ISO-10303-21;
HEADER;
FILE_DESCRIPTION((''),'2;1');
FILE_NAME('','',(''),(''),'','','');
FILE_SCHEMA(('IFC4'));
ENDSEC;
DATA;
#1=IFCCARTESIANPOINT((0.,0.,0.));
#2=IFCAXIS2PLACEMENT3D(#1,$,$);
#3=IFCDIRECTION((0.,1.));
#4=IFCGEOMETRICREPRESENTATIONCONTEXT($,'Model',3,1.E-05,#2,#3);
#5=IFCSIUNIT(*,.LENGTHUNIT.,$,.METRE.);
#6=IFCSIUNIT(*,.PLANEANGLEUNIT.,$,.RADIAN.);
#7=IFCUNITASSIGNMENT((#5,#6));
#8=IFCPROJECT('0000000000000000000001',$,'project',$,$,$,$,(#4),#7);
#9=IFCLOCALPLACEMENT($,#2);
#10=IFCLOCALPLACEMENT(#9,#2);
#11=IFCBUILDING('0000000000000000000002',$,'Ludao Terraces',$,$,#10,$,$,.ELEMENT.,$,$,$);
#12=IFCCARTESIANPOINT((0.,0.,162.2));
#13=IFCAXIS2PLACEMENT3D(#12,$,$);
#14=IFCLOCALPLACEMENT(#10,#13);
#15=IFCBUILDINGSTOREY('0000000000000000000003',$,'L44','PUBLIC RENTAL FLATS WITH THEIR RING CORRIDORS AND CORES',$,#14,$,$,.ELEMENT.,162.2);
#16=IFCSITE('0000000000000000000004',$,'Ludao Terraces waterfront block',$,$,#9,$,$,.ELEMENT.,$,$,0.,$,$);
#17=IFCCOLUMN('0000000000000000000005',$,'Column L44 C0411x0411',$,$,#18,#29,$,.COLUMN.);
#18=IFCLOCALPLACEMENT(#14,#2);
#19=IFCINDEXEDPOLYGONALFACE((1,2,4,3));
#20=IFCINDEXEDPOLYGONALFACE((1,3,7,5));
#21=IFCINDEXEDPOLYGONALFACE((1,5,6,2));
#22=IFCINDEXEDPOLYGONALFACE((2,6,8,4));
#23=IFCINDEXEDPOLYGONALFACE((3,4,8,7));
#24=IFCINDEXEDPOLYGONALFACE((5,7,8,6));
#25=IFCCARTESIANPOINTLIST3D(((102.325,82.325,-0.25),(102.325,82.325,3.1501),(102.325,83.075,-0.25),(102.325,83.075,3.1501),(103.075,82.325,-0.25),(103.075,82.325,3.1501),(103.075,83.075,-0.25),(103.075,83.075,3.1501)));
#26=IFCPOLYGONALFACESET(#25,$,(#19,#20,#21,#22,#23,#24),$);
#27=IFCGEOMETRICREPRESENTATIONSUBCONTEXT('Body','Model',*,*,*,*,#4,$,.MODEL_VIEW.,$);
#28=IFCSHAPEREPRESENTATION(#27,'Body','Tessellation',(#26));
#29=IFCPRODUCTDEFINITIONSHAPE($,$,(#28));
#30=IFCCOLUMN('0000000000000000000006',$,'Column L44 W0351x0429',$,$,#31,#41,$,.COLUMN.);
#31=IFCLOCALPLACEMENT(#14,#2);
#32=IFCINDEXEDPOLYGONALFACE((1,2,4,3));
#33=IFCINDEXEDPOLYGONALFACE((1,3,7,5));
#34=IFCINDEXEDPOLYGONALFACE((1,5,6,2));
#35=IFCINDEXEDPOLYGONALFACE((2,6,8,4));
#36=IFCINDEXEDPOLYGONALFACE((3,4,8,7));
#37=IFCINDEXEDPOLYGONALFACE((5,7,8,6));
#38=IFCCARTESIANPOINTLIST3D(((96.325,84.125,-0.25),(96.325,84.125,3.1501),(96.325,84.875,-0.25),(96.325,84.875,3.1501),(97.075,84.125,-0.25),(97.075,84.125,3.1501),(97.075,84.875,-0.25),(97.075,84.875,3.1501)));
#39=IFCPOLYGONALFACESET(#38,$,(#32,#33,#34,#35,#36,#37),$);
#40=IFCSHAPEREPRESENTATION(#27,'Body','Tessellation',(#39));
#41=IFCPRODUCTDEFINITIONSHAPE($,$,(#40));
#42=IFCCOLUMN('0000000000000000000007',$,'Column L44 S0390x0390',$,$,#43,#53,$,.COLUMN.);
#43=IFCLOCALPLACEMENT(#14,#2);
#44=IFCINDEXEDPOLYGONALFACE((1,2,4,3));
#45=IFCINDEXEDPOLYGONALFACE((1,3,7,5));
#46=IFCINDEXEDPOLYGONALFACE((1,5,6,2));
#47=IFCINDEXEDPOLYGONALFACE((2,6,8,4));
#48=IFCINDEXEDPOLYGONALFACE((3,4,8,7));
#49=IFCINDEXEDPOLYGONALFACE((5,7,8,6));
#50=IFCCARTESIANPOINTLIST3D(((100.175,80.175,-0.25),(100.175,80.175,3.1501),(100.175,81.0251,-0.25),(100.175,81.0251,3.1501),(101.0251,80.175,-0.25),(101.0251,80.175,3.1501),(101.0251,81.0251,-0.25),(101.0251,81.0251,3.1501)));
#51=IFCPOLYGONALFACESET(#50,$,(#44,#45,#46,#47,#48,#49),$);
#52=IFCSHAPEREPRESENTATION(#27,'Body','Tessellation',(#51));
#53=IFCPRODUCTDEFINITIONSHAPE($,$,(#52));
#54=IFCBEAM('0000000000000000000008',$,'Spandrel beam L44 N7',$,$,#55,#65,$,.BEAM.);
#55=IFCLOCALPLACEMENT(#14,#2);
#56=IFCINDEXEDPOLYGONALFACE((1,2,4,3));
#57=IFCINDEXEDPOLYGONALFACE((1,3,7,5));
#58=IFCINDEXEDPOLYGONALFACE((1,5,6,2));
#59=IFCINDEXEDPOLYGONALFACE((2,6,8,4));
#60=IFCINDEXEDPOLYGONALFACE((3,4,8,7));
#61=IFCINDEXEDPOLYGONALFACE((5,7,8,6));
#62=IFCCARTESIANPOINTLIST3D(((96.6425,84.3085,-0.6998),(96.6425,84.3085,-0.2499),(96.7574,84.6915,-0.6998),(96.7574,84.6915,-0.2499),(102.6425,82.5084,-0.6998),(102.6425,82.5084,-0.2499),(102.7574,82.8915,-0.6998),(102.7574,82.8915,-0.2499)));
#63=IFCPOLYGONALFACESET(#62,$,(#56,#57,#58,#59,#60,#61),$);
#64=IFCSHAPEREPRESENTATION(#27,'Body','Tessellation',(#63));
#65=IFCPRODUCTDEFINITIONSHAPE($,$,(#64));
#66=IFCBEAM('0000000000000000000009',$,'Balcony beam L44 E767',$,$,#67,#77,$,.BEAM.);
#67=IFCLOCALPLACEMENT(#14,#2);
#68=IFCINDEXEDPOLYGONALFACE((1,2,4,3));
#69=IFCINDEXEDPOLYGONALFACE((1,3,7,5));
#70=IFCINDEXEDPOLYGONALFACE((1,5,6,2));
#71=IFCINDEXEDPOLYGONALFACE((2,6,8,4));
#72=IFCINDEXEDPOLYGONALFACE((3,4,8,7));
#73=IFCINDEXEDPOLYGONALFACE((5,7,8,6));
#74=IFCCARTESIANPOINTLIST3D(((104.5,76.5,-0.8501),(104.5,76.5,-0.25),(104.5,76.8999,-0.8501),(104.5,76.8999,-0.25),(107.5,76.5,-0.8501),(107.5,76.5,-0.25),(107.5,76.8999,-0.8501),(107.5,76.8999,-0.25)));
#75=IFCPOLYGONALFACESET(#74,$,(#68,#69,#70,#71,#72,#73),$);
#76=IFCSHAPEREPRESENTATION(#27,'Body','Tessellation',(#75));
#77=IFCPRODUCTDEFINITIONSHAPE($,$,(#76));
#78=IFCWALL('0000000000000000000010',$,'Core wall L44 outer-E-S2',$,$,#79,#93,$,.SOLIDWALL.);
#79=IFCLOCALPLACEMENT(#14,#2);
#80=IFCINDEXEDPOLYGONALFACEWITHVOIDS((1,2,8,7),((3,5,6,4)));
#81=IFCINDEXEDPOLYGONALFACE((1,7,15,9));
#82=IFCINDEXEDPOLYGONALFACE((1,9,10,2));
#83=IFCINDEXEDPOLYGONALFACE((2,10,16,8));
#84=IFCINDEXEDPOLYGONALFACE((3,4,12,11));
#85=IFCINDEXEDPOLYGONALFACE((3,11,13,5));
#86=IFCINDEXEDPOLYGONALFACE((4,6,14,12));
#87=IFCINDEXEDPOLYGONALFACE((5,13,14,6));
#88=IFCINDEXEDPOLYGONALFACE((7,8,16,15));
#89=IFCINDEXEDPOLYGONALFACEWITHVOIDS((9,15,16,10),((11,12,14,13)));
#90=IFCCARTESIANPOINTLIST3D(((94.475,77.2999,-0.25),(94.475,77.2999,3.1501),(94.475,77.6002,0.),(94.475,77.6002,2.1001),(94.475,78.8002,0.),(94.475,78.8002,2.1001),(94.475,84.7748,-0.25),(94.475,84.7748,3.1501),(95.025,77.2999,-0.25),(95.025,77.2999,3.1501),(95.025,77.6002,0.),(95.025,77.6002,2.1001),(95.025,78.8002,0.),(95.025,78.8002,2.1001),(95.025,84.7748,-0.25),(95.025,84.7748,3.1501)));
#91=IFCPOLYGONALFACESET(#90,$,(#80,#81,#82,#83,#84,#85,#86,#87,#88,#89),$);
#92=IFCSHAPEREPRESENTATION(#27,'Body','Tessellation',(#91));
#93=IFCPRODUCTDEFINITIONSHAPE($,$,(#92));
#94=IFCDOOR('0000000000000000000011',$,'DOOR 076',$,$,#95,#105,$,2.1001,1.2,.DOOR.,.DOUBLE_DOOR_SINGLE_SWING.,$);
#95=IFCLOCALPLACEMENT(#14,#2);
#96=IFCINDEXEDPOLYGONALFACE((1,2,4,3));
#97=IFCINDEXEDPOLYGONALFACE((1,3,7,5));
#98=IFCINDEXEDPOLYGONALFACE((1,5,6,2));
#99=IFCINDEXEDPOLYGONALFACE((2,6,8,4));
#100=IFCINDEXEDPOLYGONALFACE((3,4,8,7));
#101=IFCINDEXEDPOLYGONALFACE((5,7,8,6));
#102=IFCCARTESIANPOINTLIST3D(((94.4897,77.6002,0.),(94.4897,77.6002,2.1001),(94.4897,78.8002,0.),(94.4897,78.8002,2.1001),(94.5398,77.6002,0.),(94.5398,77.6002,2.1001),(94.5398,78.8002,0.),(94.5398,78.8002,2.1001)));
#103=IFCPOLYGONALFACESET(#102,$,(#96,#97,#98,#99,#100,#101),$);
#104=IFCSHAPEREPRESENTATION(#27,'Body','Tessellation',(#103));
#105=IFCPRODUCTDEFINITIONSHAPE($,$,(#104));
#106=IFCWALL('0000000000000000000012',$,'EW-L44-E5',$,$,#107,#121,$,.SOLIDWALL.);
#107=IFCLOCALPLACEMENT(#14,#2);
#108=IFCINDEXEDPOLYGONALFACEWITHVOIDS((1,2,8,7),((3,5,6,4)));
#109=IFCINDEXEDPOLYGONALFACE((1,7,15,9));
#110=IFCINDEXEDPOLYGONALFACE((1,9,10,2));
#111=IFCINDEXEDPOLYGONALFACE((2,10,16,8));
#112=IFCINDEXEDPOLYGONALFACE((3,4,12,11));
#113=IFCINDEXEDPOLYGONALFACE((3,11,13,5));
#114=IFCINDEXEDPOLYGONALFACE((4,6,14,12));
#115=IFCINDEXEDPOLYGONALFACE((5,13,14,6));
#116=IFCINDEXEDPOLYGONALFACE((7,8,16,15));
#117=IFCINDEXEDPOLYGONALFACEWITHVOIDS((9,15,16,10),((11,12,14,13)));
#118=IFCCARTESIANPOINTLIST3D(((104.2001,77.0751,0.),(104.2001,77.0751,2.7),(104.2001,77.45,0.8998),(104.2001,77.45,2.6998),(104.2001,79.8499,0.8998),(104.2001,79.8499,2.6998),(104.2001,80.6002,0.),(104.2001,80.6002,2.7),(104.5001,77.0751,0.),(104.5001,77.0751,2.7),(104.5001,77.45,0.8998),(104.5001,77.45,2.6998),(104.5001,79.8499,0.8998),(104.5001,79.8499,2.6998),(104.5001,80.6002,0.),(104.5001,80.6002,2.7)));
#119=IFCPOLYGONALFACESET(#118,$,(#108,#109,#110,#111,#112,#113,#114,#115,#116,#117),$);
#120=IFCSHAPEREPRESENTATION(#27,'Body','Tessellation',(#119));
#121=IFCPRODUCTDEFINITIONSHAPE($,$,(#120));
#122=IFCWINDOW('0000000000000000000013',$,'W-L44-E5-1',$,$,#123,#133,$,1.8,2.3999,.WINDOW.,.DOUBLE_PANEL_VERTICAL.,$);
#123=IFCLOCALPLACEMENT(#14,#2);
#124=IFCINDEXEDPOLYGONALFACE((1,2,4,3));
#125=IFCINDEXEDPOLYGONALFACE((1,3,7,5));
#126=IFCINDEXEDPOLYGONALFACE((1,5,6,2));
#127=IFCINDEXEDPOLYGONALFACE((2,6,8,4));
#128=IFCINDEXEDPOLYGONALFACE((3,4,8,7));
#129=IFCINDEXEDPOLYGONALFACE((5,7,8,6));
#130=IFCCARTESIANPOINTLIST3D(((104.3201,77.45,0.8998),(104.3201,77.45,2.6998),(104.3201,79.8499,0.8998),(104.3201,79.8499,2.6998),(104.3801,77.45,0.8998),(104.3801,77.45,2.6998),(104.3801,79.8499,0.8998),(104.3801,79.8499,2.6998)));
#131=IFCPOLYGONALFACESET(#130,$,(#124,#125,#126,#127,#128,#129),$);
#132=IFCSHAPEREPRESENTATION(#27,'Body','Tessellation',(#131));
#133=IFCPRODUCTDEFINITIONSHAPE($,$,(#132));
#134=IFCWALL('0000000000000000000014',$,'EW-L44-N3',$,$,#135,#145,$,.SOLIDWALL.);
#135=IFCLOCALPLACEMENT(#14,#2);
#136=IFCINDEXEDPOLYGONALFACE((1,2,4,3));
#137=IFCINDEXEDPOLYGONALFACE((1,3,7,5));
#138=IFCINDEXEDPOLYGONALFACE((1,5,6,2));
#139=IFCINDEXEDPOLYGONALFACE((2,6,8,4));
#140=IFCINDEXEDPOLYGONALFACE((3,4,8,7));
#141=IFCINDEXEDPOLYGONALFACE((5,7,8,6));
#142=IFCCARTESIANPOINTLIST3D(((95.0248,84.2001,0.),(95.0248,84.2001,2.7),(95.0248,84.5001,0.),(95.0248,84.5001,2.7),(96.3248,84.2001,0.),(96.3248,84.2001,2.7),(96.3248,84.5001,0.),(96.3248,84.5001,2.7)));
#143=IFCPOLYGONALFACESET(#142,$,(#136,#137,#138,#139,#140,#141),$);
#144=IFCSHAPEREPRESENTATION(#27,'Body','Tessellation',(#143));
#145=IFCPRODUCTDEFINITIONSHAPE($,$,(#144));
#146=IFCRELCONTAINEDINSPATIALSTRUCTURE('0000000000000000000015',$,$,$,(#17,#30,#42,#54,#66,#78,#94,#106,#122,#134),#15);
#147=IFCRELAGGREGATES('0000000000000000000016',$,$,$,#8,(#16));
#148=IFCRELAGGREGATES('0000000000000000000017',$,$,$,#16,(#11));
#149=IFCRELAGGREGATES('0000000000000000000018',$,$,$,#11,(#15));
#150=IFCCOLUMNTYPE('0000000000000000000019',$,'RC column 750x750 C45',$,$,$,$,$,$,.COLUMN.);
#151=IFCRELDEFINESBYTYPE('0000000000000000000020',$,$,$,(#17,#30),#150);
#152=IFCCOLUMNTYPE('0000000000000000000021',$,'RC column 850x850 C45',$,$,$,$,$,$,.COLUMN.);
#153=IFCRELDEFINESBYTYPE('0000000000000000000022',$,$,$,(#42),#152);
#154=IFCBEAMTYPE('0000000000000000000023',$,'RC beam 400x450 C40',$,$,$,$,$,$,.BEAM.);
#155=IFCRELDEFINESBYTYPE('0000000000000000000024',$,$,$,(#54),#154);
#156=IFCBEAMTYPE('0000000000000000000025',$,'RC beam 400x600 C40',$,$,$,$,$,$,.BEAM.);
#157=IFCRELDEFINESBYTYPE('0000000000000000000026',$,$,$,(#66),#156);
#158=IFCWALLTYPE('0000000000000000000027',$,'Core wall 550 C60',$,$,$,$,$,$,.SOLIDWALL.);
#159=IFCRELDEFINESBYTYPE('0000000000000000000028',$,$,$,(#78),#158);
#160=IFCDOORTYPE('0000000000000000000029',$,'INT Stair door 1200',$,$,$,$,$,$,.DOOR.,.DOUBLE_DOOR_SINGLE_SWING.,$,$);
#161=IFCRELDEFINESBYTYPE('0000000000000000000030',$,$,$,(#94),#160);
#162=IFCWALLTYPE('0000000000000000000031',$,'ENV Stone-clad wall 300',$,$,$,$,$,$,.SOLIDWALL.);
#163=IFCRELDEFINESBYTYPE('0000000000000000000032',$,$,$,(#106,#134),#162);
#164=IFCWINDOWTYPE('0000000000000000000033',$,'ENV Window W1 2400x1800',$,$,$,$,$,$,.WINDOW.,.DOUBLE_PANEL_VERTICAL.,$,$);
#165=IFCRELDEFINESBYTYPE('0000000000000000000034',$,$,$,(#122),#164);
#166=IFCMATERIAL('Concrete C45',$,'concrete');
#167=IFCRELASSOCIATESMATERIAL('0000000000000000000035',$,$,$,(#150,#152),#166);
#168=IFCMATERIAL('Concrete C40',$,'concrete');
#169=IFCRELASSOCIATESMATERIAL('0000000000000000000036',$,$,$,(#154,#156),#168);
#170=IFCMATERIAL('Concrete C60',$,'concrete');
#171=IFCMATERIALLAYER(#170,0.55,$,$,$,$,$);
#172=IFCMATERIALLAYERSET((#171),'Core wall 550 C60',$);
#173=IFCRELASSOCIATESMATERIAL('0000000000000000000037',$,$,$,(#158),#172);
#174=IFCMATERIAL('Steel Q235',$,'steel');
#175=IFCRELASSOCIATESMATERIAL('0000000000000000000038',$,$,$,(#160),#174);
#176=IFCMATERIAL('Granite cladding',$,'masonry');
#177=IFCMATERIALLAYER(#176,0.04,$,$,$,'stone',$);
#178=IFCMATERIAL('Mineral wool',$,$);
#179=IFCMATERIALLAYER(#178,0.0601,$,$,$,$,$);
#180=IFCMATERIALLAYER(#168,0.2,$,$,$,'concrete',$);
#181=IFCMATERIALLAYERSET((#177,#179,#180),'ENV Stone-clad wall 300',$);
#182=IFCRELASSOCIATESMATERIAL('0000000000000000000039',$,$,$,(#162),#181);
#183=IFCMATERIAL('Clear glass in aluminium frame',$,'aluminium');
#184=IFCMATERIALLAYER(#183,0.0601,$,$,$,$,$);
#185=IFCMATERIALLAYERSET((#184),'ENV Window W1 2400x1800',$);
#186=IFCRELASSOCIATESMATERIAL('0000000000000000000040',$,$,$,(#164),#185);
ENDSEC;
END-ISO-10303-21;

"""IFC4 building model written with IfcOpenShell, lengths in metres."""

from ifc_helpers import new_model, si_unit, direction, frame, frame_2d, origin, origin_2d, place, context, subcontext, project, spatial, rectangle, extrude, material, layer, layer_set, material_profile, profile_set, type_object, element, fill, save


model = new_model("IFC4")

# Units and contexts
model_context = context("Model", 3, precision=1e-05, world=origin(), true_north=direction((0.0, 1.0)))
body_context = subcontext(model_context, "Body", "Model", "MODEL_VIEW")
ifc_project = project(units=[si_unit("LENGTHUNIT", "METRE"), si_unit("PLANEANGLEUNIT", "RADIAN")], contexts=[model_context])

# Site, building, storey
site_placement = place(None, origin())
site = spatial("IfcSite", under=ifc_project, at=site_placement, Name="Ludao Terraces waterfront block", CompositionType="ELEMENT", RefElevation=0.0)
building_placement = place(site_placement, origin())
building = spatial("IfcBuilding", under=site, at=building_placement, Name="Ludao Terraces", CompositionType="ELEMENT")
storey_placement = place(building_placement, frame((0.0, 0.0, 162.2)))
storey = spatial("IfcBuildingStorey", under=building, at=storey_placement, Name="L44", Description="PUBLIC RENTAL FLATS WITH THEIR RING CORRIDORS AND CORES", CompositionType="ELEMENT", Elevation=162.2)

# Columns
ifc_material_1 = material(Name="Concrete C45", Category="concrete")
ifc_material_profile_1 = material_profile(ifc_material_1, rectangle(XDim=0.75, YDim=0.75, at=origin_2d()), Name="750 X 750")
ifc_profile_set_1 = profile_set([ifc_material_profile_1], Name="Concrete C45")
column_type_1 = type_object("IfcColumnType", Name="RC column 750x750 C45", PredefinedType="COLUMN", material=ifc_profile_set_1)
for number, where, z_axis, x_axis, name in (
    (1, (102.7, 82.7, -0.25), (0.0, 0.0, 1.0), (1.0, 0.0, 0.0), "Column L44 C0411x0411"),
    (2, (96.7, 84.5, -0.25), (0.0, 0.0, 1.0), (1.0, 0.0, 0.0), "Column L44 W0351x0429"),
):
    element("IfcColumn", number, at=place(storey_placement, frame(where, z_axis=z_axis, x_axis=x_axis)), inside=storey, type_object=column_type_1, Name=name, PredefinedType="COLUMN", context=body_context, shape_type="SweptSolid", body=[
        extrude(rectangle(XDim=0.75, YDim=0.75, at=origin_2d()), origin(), (0.0, 0.0, 1.0), 3.4001),
    ])
ifc_material_profile_2 = material_profile(ifc_material_1, rectangle(XDim=0.8501, YDim=0.8501, at=origin_2d()), Name="850 X 850")
ifc_profile_set_2 = profile_set([ifc_material_profile_2], Name="Concrete C45")
column_type_2 = type_object("IfcColumnType", Name="RC column 850x850 C45", PredefinedType="COLUMN", material=ifc_profile_set_2)
column_placement = place(storey_placement, frame((100.6001, 80.6001, -0.25), z_axis=(0.0, 0.0, 1.0), x_axis=(1.0, 0.0, 0.0)))
element("IfcColumn", 3, at=column_placement, inside=storey, type_object=column_type_2, Name="Column L44 S0390x0390", PredefinedType="COLUMN", context=body_context, shape_type="SweptSolid", body=[
    extrude(rectangle(XDim=0.8501, YDim=0.8501, at=origin_2d()), origin(), (0.0, 0.0, 1.0), 3.4001),
])

# Beams
ifc_material_2 = material(Name="Concrete C40", Category="concrete")
ifc_material_profile_3 = material_profile(ifc_material_2, rectangle(XDim=0.3999, YDim=0.45, at=origin_2d()), Name="400 X 450")
ifc_profile_set_3 = profile_set([ifc_material_profile_3], Name="Concrete C40")
beam_type_1 = type_object("IfcBeamType", Name="RC beam 400x450 C40", PredefinedType="BEAM", material=ifc_profile_set_3)
beam_1_placement = place(storey_placement, frame((96.7, 84.5, -0.4749), z_axis=(0.957824, -0.287355, 0.0), x_axis=(0.287355, 0.957824, 0.0)))
element("IfcBeam", 4, at=beam_1_placement, inside=storey, type_object=beam_type_1, Name="Spandrel beam L44 N7", PredefinedType="BEAM", context=body_context, shape_type="SweptSolid", body=[
    extrude(rectangle(XDim=0.3999, YDim=0.45, at=origin_2d()), origin(), (0.0, 0.0, 1.0), 6.2642),
])
ifc_material_profile_4 = material_profile(ifc_material_2, rectangle(XDim=0.3999, YDim=0.6001, at=origin_2d()), Name="400 X 600")
ifc_profile_set_4 = profile_set([ifc_material_profile_4], Name="Concrete C40")
beam_type_2 = type_object("IfcBeamType", Name="RC beam 400x600 C40", PredefinedType="BEAM", material=ifc_profile_set_4)
beam_2_placement = place(storey_placement, frame((104.5, 76.7, -0.55), z_axis=(1.0, 0.0, 0.0), x_axis=(0.0, 1.0, 0.0)))
element("IfcBeam", 5, at=beam_2_placement, inside=storey, type_object=beam_type_2, Name="Balcony beam L44 E767", PredefinedType="BEAM", context=body_context, shape_type="SweptSolid", body=[
    extrude(rectangle(XDim=0.3999, YDim=0.6001, at=origin_2d()), origin(), (0.0, 0.0, 1.0), 3.0),
])

# Wall, opening, door
ifc_material_3 = material(Name="Concrete C60", Category="concrete")
ifc_layer_1 = layer(ifc_material_3, 0.55)
ifc_layer_set_1 = layer_set([ifc_layer_1], Name="Core wall 550 C60")
wall_type_1 = type_object("IfcWallType", Name="Core wall 550 C60", PredefinedType="SOLIDWALL", material=ifc_layer_set_1)
wall_1_placement = place(storey_placement, frame((94.75, 77.3, -0.25), z_axis=(0.0, 0.0, 1.0), x_axis=(0.0, 1.0, 0.0)))
wall_1 = element("IfcWall", 6, at=wall_1_placement, inside=storey, type_object=wall_type_1, Name="Core wall L44 outer-E-S2", PredefinedType="SOLIDWALL", context=body_context, shape_type="SweptSolid", body=[
    extrude(rectangle(XDim=7.4749, YDim=0.55, at=frame_2d((3.7373, 0.0))), origin(), (0.0, 0.0, 1.0), 3.4001),
])
opening_1_placement = place(wall_1_placement, frame((0.3, 0.0, 0.25)))
opening_1 = element("IfcOpeningElement", 7, at=opening_1_placement, cuts=wall_1, PredefinedType="OPENING", context=body_context, shape_type="SweptSolid", body=[
    extrude(rectangle(XDim=1.2, YDim=2.1001, at=frame_2d((0.6001, 1.05))), frame((0.0, 0.2852, 0.0), z_axis=(0.0, -1.0, 0.0), x_axis=(1.0, 0.0, 0.0)), (0.0, 0.0, 1.0), 0.5701),
])
ifc_material_4 = material(Name="Steel Q235", Category="steel")
door_type_1 = type_object("IfcDoorType", Name="INT Stair door 1200", OperationType="DOUBLE_DOOR_SINGLE_SWING", PredefinedType="DOOR", material=ifc_material_4)
door_1_placement = place(opening_1_placement, origin())
door_1 = element("IfcDoor", 8, at=door_1_placement, inside=storey, type_object=door_type_1, Name="DOOR 076", OperationType="DOUBLE_DOOR_SINGLE_SWING", OverallHeight=2.1001, OverallWidth=1.2, PredefinedType="DOOR", context=body_context, shape_type="SweptSolid", body=[
    extrude(rectangle(XDim=1.2, YDim=2.1001, at=frame_2d((0.6001, 1.05))), frame((0.0, 0.2603, 0.0), z_axis=(0.0, -1.0, 0.0), x_axis=(1.0, 0.0, 0.0)), (0.0, 0.0, 1.0), 0.05),
])
fill(opening_1, door_1)

# Wall, opening, window
ifc_material_5 = material(Name="Granite cladding", Category="masonry")
ifc_layer_2 = layer(ifc_material_5, 0.04, Category="stone")
ifc_material_6 = material(Name="Mineral wool")
ifc_layer_3 = layer(ifc_material_6, 0.0601)
ifc_layer_4 = layer(ifc_material_2, 0.2, Category="concrete")
ifc_layer_set_2 = layer_set([ifc_layer_2, ifc_layer_3, ifc_layer_4], Name="ENV Stone-clad wall 300")
wall_type_2 = type_object("IfcWallType", Name="ENV Stone-clad wall 300", PredefinedType="SOLIDWALL", material=ifc_layer_set_2)
wall_2_placement = place(storey_placement, frame((104.3501, 77.075, 0.0), z_axis=(0.0, 0.0, 1.0), x_axis=(0.0, 1.0, 0.0)))
wall_2 = element("IfcWall", 9, at=wall_2_placement, inside=storey, type_object=wall_type_2, Name="EW-L44-E5", PredefinedType="SOLIDWALL", context=body_context, shape_type="SweptSolid", body=[
    extrude(rectangle(XDim=3.5251, YDim=0.3, at=frame_2d((1.7627, 0.0))), origin(), (0.0, 0.0, 1.0), 2.7),
])
opening_2_placement = place(wall_2_placement, frame((0.375, 0.0, 0.8999)))
opening_2 = element("IfcOpeningElement", 10, at=opening_2_placement, cuts=wall_2, PredefinedType="OPENING", context=body_context, shape_type="SweptSolid", body=[
    extrude(rectangle(XDim=2.3999, YDim=1.8, at=frame_2d((1.2, 0.8999))), frame((0.0, 0.1602, 0.0), z_axis=(0.0, -1.0, 0.0), x_axis=(1.0, 0.0, 0.0)), (0.0, 0.0, 1.0), 0.3201),
])
ifc_material_7 = material(Name="Clear glass in aluminium frame", Category="aluminium")
ifc_layer_5 = layer(ifc_material_7, 0.0601)
ifc_layer_set_3 = layer_set([ifc_layer_5], Name="ENV Window W1 2400x1800")
window_type_1 = type_object("IfcWindowType", Name="ENV Window W1 2400x1800", PartitioningType="DOUBLE_PANEL_VERTICAL", PredefinedType="WINDOW", material=ifc_layer_set_3)
window_1_placement = place(opening_2_placement, origin())
window_1 = element("IfcWindow", 11, at=window_1_placement, inside=storey, type_object=window_type_1, Name="W-L44-E5-1", OverallHeight=1.8, OverallWidth=2.3999, PartitioningType="DOUBLE_PANEL_VERTICAL", PredefinedType="WINDOW", context=body_context, shape_type="SweptSolid", body=[
    extrude(rectangle(XDim=2.3999, YDim=1.8, at=frame_2d((1.2, 0.8999))), frame((0.0, 0.03, 0.0), z_axis=(0.0, -1.0, 0.0), x_axis=(1.0, 0.0, 0.0)), (0.0, 0.0, 1.0), 0.0601),
])
fill(opening_2, window_1)

# Wall
wall_3_placement = place(storey_placement, frame((95.0249, 84.3501, 0.0), z_axis=(0.0, 0.0, 1.0), x_axis=(1.0, 0.0, 0.0)))
element("IfcWall", 12, at=wall_3_placement, inside=storey, type_object=wall_type_2, Name="EW-L44-N3", PredefinedType="SOLIDWALL", context=body_context, shape_type="SweptSolid", body=[
    extrude(rectangle(XDim=1.3, YDim=0.3, at=frame_2d((0.6499, 0.0))), origin(), (0.0, 0.0, 1.0), 2.7),
])

save(model, "model.ifc")
